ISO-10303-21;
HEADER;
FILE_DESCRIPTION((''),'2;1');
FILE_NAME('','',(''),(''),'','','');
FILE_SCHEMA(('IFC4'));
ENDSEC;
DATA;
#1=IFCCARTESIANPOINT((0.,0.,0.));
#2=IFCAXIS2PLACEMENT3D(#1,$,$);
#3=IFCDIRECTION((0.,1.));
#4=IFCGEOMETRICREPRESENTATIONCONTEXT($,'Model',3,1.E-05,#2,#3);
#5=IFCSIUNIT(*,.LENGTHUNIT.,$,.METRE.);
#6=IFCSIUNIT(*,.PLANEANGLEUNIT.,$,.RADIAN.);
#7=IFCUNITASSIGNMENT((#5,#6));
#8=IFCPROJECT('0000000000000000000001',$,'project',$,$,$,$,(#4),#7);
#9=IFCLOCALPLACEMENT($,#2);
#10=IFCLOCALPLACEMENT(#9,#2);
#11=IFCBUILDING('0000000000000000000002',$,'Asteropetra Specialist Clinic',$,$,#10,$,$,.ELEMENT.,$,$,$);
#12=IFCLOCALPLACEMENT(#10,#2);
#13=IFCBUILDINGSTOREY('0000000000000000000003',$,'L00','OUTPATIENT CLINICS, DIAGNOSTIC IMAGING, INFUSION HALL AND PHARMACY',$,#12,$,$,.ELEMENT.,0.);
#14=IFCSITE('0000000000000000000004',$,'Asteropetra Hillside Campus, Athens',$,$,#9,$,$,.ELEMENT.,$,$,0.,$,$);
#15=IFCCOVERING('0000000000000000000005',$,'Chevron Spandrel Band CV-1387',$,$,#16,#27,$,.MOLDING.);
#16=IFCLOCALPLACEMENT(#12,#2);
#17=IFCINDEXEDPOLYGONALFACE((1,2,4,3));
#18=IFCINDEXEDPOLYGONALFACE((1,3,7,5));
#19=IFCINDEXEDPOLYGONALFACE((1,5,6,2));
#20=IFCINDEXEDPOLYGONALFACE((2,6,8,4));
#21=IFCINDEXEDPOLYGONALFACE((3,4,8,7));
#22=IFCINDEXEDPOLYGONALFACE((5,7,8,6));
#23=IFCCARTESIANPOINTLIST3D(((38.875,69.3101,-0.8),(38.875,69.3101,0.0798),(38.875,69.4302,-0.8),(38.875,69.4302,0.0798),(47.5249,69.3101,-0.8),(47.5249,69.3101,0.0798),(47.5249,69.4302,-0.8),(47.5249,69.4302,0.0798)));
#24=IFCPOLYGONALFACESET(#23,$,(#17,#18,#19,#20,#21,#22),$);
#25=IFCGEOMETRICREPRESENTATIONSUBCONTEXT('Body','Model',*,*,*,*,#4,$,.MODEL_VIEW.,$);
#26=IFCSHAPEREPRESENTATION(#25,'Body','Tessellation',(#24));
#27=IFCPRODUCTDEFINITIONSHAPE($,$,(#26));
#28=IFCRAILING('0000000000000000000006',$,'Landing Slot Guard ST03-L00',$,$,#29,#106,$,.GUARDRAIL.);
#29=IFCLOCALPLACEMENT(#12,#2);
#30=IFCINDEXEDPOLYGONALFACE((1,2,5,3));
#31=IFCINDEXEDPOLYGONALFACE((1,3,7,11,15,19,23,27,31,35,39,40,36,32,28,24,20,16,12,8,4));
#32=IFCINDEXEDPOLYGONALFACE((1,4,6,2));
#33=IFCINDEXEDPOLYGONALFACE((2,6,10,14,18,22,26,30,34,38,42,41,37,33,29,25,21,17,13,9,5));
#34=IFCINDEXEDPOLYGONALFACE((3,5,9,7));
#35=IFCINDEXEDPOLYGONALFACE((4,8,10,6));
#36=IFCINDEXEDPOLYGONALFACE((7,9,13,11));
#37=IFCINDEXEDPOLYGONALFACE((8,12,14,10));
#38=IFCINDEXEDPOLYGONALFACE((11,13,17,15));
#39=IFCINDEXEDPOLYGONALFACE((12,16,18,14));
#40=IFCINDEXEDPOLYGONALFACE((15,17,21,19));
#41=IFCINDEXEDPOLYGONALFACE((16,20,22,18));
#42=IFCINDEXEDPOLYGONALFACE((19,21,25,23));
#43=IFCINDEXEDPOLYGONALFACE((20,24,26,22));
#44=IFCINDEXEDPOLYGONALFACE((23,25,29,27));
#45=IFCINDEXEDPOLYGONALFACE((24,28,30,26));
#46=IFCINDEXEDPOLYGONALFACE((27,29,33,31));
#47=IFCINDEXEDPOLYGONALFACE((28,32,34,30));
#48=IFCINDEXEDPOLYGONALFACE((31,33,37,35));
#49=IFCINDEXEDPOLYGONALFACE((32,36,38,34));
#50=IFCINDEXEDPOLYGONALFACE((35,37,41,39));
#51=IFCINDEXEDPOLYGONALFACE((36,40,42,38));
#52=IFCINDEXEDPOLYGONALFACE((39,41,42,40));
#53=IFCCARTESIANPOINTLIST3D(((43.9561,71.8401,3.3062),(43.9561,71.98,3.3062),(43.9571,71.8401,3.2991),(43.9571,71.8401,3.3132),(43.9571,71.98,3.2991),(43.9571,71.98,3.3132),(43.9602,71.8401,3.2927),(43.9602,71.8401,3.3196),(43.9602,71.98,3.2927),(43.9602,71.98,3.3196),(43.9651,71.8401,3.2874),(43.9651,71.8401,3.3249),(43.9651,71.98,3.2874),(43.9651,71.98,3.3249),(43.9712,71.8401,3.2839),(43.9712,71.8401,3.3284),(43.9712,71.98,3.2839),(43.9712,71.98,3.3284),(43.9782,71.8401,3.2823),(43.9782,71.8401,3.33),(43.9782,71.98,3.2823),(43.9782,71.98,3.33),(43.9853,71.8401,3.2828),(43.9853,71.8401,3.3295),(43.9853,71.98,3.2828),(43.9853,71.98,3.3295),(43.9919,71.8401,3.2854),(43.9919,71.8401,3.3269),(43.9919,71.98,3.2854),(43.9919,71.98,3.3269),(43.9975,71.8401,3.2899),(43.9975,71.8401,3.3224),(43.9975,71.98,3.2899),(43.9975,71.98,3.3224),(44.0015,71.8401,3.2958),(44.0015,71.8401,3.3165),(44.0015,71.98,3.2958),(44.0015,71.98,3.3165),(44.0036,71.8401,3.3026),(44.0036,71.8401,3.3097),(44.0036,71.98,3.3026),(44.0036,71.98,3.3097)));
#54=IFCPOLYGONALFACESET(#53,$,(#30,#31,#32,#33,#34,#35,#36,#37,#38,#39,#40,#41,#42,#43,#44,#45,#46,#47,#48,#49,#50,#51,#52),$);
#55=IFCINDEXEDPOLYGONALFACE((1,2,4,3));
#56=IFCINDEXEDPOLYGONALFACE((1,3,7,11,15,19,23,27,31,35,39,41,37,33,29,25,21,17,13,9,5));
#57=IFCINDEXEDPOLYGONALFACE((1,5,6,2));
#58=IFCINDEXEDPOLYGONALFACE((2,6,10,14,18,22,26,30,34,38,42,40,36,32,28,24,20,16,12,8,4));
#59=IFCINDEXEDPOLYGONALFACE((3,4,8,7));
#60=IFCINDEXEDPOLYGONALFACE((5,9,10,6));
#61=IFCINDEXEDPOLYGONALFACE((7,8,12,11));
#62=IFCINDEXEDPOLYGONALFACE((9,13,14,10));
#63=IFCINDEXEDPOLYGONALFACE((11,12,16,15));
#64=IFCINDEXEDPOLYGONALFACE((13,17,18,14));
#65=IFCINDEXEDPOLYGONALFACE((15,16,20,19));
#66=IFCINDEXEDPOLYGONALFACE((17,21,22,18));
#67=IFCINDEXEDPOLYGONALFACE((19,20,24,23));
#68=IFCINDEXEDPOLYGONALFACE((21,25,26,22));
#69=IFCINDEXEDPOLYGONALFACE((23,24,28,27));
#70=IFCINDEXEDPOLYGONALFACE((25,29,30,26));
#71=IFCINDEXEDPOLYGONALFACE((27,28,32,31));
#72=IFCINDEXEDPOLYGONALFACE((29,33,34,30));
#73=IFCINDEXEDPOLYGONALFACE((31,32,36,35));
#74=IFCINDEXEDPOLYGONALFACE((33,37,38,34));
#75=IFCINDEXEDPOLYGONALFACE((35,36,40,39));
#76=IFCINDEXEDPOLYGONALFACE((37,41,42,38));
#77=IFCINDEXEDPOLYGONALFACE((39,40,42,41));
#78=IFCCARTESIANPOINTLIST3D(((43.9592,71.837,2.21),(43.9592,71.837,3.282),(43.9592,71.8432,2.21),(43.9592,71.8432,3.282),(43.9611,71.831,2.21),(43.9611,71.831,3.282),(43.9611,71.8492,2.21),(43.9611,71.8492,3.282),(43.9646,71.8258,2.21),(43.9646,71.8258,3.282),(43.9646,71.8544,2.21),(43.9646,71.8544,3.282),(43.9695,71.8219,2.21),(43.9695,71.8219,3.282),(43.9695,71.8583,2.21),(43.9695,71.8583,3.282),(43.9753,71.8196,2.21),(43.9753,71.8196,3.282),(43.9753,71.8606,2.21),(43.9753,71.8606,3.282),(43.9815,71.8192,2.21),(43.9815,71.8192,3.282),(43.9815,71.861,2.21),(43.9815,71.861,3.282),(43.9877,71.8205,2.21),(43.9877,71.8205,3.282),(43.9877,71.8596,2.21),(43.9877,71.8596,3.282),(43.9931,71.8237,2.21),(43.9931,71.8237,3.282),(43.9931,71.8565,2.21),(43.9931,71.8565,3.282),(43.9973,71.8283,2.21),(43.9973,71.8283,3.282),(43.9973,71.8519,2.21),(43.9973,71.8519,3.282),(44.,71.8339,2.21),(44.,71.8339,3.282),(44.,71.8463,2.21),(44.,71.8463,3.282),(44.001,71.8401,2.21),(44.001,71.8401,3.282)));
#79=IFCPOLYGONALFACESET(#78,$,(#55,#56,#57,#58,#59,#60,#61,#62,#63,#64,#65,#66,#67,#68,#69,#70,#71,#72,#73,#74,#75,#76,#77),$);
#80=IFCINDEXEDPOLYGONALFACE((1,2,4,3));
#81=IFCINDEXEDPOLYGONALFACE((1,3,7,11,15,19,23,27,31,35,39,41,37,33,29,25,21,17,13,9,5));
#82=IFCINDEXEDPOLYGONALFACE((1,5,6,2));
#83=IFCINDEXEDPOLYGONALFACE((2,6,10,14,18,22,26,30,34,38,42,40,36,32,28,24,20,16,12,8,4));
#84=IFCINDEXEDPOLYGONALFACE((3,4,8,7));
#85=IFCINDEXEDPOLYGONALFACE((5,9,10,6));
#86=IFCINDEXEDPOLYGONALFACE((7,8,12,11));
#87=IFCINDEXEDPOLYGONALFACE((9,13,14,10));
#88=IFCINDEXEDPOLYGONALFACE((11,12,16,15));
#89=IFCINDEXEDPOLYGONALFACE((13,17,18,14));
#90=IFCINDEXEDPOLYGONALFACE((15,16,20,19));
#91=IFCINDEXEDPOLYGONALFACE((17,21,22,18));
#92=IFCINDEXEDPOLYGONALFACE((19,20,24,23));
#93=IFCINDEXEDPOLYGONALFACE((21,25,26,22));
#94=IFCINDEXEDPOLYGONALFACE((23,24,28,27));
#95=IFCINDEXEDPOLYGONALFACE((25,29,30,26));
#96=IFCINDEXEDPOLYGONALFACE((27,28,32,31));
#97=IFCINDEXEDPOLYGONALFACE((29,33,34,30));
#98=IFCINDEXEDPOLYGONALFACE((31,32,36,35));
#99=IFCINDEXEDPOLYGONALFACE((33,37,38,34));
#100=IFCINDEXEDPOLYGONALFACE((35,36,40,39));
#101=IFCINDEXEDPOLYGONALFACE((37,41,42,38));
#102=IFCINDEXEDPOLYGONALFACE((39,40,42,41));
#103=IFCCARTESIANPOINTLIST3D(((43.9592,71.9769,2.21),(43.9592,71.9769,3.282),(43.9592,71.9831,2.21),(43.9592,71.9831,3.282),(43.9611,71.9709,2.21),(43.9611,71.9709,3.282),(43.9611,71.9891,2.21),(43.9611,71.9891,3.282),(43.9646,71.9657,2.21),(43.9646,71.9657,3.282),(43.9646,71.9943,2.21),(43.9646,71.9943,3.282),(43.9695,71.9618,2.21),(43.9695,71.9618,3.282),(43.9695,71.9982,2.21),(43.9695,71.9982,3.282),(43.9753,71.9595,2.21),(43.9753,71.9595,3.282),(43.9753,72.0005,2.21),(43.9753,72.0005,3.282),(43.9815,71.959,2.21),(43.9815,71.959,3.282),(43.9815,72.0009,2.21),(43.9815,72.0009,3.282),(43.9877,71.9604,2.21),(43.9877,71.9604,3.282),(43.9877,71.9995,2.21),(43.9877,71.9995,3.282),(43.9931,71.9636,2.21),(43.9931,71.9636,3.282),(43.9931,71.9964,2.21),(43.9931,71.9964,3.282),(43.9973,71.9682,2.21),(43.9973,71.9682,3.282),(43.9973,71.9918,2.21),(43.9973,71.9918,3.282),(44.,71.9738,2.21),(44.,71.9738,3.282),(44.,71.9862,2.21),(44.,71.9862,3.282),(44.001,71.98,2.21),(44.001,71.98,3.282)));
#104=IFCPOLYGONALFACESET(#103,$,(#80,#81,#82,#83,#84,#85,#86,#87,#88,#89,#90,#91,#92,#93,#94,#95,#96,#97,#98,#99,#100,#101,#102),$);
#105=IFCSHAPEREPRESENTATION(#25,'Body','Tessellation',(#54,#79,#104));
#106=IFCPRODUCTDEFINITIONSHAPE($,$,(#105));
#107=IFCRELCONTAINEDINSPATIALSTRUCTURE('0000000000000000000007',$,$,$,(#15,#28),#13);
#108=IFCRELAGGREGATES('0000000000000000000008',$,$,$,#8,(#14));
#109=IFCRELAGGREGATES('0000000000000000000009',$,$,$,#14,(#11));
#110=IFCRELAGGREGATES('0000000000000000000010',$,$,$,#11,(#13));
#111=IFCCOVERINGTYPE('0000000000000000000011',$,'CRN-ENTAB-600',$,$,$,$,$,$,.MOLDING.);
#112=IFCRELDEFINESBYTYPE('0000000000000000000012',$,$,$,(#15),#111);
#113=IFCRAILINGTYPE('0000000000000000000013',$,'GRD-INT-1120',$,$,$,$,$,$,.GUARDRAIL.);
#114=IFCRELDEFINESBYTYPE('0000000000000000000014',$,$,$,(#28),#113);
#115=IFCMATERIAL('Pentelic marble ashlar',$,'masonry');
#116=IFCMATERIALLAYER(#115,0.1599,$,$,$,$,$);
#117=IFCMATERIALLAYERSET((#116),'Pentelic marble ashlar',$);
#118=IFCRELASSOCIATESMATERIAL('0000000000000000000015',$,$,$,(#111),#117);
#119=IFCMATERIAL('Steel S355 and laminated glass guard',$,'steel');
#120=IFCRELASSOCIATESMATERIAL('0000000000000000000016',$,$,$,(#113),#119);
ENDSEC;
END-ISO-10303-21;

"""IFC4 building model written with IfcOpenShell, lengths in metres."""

from ifc_helpers import new_model, si_unit, direction, frame, origin, origin_2d, place, context, subcontext, project, spatial, rectangle, circle, extrude, material, layer, layer_set, type_object, element, save


model = new_model("IFC4")

# Units and contexts
model_context = context("Model", 3, precision=1e-05, world=origin(), true_north=direction((0.0, 1.0)))
body_context = subcontext(model_context, "Body", "Model", "MODEL_VIEW")
ifc_project = project(units=[si_unit("LENGTHUNIT", "METRE"), si_unit("PLANEANGLEUNIT", "RADIAN")], contexts=[model_context])

# Site, building, storey
site_placement = place(None, origin())
site = spatial("IfcSite", under=ifc_project, at=site_placement, Name="Asteropetra Hillside Campus, Athens", CompositionType="ELEMENT", RefElevation=0.0)
building_placement = place(site_placement, origin())
building = spatial("IfcBuilding", under=site, at=building_placement, Name="Asteropetra Specialist Clinic", CompositionType="ELEMENT")
storey_placement = place(building_placement, origin())
storey = spatial("IfcBuildingStorey", under=building, at=storey_placement, Name="L00", Description="OUTPATIENT CLINICS, DIAGNOSTIC IMAGING, INFUSION HALL AND PHARMACY", CompositionType="ELEMENT", Elevation=0.0)

# Covering
ifc_material_1 = material(Name="Pentelic marble ashlar", Category="masonry")
ifc_layer_1 = layer(ifc_material_1, 0.1599)
ifc_layer_set_1 = layer_set([ifc_layer_1], Name="Pentelic marble ashlar")
covering_type = type_object("IfcCoveringType", Name="CRN-ENTAB-600", PredefinedType="MOLDING", material=ifc_layer_set_1)
covering_1_placement = place(storey_placement, frame((43.2, 69.3701, -0.8), z_axis=(0.0, 0.0, 1.0), x_axis=(1.0, 0.0, 0.0)))
element("IfcCovering", 1, at=covering_1_placement, inside=storey, type_object=covering_type, Name="Chevron Spandrel Band CV-1387", PredefinedType="MOLDING", context=body_context, shape_type="SweptSolid", body=[
    extrude(rectangle(XDim=8.6499, YDim=0.1201, at=origin_2d()), origin(), (0.0, 0.0, 1.0), 0.8799),
])

# Railing
ifc_material_2 = material(Name="Steel S355 and laminated glass guard", Category="steel")
railing_type_1 = type_object("IfcRailingType", Name="GRD-INT-1120", PredefinedType="GUARDRAIL", material=ifc_material_2)
railing_1_placement = place(storey_placement, frame((43.98, 71.8401, 2.21)))
element("IfcRailing", 2, at=railing_1_placement, inside=storey, type_object=railing_type_1, Name="Landing Slot Guard ST03-L00", PredefinedType="GUARDRAIL", context=body_context, shape_type="SweptSolid", body=[
    extrude(circle(Radius=0.0239, at=origin_2d()), frame((0.0, 0.0, 1.0962), z_axis=(0.0, 1.0, 0.0), x_axis=(-1.0, 0.0, 0.0)), (0.0, 0.0, 1.0), 0.1399),
    extrude(circle(Radius=0.021, at=origin_2d()), origin(), (0.0, 0.0, 1.0), 1.072),
    extrude(circle(Radius=0.021, at=origin_2d()), frame((0.0, 0.1399, 0.0)), (0.0, 0.0, 1.0), 1.072),
])

save(model, "model.ifc")
